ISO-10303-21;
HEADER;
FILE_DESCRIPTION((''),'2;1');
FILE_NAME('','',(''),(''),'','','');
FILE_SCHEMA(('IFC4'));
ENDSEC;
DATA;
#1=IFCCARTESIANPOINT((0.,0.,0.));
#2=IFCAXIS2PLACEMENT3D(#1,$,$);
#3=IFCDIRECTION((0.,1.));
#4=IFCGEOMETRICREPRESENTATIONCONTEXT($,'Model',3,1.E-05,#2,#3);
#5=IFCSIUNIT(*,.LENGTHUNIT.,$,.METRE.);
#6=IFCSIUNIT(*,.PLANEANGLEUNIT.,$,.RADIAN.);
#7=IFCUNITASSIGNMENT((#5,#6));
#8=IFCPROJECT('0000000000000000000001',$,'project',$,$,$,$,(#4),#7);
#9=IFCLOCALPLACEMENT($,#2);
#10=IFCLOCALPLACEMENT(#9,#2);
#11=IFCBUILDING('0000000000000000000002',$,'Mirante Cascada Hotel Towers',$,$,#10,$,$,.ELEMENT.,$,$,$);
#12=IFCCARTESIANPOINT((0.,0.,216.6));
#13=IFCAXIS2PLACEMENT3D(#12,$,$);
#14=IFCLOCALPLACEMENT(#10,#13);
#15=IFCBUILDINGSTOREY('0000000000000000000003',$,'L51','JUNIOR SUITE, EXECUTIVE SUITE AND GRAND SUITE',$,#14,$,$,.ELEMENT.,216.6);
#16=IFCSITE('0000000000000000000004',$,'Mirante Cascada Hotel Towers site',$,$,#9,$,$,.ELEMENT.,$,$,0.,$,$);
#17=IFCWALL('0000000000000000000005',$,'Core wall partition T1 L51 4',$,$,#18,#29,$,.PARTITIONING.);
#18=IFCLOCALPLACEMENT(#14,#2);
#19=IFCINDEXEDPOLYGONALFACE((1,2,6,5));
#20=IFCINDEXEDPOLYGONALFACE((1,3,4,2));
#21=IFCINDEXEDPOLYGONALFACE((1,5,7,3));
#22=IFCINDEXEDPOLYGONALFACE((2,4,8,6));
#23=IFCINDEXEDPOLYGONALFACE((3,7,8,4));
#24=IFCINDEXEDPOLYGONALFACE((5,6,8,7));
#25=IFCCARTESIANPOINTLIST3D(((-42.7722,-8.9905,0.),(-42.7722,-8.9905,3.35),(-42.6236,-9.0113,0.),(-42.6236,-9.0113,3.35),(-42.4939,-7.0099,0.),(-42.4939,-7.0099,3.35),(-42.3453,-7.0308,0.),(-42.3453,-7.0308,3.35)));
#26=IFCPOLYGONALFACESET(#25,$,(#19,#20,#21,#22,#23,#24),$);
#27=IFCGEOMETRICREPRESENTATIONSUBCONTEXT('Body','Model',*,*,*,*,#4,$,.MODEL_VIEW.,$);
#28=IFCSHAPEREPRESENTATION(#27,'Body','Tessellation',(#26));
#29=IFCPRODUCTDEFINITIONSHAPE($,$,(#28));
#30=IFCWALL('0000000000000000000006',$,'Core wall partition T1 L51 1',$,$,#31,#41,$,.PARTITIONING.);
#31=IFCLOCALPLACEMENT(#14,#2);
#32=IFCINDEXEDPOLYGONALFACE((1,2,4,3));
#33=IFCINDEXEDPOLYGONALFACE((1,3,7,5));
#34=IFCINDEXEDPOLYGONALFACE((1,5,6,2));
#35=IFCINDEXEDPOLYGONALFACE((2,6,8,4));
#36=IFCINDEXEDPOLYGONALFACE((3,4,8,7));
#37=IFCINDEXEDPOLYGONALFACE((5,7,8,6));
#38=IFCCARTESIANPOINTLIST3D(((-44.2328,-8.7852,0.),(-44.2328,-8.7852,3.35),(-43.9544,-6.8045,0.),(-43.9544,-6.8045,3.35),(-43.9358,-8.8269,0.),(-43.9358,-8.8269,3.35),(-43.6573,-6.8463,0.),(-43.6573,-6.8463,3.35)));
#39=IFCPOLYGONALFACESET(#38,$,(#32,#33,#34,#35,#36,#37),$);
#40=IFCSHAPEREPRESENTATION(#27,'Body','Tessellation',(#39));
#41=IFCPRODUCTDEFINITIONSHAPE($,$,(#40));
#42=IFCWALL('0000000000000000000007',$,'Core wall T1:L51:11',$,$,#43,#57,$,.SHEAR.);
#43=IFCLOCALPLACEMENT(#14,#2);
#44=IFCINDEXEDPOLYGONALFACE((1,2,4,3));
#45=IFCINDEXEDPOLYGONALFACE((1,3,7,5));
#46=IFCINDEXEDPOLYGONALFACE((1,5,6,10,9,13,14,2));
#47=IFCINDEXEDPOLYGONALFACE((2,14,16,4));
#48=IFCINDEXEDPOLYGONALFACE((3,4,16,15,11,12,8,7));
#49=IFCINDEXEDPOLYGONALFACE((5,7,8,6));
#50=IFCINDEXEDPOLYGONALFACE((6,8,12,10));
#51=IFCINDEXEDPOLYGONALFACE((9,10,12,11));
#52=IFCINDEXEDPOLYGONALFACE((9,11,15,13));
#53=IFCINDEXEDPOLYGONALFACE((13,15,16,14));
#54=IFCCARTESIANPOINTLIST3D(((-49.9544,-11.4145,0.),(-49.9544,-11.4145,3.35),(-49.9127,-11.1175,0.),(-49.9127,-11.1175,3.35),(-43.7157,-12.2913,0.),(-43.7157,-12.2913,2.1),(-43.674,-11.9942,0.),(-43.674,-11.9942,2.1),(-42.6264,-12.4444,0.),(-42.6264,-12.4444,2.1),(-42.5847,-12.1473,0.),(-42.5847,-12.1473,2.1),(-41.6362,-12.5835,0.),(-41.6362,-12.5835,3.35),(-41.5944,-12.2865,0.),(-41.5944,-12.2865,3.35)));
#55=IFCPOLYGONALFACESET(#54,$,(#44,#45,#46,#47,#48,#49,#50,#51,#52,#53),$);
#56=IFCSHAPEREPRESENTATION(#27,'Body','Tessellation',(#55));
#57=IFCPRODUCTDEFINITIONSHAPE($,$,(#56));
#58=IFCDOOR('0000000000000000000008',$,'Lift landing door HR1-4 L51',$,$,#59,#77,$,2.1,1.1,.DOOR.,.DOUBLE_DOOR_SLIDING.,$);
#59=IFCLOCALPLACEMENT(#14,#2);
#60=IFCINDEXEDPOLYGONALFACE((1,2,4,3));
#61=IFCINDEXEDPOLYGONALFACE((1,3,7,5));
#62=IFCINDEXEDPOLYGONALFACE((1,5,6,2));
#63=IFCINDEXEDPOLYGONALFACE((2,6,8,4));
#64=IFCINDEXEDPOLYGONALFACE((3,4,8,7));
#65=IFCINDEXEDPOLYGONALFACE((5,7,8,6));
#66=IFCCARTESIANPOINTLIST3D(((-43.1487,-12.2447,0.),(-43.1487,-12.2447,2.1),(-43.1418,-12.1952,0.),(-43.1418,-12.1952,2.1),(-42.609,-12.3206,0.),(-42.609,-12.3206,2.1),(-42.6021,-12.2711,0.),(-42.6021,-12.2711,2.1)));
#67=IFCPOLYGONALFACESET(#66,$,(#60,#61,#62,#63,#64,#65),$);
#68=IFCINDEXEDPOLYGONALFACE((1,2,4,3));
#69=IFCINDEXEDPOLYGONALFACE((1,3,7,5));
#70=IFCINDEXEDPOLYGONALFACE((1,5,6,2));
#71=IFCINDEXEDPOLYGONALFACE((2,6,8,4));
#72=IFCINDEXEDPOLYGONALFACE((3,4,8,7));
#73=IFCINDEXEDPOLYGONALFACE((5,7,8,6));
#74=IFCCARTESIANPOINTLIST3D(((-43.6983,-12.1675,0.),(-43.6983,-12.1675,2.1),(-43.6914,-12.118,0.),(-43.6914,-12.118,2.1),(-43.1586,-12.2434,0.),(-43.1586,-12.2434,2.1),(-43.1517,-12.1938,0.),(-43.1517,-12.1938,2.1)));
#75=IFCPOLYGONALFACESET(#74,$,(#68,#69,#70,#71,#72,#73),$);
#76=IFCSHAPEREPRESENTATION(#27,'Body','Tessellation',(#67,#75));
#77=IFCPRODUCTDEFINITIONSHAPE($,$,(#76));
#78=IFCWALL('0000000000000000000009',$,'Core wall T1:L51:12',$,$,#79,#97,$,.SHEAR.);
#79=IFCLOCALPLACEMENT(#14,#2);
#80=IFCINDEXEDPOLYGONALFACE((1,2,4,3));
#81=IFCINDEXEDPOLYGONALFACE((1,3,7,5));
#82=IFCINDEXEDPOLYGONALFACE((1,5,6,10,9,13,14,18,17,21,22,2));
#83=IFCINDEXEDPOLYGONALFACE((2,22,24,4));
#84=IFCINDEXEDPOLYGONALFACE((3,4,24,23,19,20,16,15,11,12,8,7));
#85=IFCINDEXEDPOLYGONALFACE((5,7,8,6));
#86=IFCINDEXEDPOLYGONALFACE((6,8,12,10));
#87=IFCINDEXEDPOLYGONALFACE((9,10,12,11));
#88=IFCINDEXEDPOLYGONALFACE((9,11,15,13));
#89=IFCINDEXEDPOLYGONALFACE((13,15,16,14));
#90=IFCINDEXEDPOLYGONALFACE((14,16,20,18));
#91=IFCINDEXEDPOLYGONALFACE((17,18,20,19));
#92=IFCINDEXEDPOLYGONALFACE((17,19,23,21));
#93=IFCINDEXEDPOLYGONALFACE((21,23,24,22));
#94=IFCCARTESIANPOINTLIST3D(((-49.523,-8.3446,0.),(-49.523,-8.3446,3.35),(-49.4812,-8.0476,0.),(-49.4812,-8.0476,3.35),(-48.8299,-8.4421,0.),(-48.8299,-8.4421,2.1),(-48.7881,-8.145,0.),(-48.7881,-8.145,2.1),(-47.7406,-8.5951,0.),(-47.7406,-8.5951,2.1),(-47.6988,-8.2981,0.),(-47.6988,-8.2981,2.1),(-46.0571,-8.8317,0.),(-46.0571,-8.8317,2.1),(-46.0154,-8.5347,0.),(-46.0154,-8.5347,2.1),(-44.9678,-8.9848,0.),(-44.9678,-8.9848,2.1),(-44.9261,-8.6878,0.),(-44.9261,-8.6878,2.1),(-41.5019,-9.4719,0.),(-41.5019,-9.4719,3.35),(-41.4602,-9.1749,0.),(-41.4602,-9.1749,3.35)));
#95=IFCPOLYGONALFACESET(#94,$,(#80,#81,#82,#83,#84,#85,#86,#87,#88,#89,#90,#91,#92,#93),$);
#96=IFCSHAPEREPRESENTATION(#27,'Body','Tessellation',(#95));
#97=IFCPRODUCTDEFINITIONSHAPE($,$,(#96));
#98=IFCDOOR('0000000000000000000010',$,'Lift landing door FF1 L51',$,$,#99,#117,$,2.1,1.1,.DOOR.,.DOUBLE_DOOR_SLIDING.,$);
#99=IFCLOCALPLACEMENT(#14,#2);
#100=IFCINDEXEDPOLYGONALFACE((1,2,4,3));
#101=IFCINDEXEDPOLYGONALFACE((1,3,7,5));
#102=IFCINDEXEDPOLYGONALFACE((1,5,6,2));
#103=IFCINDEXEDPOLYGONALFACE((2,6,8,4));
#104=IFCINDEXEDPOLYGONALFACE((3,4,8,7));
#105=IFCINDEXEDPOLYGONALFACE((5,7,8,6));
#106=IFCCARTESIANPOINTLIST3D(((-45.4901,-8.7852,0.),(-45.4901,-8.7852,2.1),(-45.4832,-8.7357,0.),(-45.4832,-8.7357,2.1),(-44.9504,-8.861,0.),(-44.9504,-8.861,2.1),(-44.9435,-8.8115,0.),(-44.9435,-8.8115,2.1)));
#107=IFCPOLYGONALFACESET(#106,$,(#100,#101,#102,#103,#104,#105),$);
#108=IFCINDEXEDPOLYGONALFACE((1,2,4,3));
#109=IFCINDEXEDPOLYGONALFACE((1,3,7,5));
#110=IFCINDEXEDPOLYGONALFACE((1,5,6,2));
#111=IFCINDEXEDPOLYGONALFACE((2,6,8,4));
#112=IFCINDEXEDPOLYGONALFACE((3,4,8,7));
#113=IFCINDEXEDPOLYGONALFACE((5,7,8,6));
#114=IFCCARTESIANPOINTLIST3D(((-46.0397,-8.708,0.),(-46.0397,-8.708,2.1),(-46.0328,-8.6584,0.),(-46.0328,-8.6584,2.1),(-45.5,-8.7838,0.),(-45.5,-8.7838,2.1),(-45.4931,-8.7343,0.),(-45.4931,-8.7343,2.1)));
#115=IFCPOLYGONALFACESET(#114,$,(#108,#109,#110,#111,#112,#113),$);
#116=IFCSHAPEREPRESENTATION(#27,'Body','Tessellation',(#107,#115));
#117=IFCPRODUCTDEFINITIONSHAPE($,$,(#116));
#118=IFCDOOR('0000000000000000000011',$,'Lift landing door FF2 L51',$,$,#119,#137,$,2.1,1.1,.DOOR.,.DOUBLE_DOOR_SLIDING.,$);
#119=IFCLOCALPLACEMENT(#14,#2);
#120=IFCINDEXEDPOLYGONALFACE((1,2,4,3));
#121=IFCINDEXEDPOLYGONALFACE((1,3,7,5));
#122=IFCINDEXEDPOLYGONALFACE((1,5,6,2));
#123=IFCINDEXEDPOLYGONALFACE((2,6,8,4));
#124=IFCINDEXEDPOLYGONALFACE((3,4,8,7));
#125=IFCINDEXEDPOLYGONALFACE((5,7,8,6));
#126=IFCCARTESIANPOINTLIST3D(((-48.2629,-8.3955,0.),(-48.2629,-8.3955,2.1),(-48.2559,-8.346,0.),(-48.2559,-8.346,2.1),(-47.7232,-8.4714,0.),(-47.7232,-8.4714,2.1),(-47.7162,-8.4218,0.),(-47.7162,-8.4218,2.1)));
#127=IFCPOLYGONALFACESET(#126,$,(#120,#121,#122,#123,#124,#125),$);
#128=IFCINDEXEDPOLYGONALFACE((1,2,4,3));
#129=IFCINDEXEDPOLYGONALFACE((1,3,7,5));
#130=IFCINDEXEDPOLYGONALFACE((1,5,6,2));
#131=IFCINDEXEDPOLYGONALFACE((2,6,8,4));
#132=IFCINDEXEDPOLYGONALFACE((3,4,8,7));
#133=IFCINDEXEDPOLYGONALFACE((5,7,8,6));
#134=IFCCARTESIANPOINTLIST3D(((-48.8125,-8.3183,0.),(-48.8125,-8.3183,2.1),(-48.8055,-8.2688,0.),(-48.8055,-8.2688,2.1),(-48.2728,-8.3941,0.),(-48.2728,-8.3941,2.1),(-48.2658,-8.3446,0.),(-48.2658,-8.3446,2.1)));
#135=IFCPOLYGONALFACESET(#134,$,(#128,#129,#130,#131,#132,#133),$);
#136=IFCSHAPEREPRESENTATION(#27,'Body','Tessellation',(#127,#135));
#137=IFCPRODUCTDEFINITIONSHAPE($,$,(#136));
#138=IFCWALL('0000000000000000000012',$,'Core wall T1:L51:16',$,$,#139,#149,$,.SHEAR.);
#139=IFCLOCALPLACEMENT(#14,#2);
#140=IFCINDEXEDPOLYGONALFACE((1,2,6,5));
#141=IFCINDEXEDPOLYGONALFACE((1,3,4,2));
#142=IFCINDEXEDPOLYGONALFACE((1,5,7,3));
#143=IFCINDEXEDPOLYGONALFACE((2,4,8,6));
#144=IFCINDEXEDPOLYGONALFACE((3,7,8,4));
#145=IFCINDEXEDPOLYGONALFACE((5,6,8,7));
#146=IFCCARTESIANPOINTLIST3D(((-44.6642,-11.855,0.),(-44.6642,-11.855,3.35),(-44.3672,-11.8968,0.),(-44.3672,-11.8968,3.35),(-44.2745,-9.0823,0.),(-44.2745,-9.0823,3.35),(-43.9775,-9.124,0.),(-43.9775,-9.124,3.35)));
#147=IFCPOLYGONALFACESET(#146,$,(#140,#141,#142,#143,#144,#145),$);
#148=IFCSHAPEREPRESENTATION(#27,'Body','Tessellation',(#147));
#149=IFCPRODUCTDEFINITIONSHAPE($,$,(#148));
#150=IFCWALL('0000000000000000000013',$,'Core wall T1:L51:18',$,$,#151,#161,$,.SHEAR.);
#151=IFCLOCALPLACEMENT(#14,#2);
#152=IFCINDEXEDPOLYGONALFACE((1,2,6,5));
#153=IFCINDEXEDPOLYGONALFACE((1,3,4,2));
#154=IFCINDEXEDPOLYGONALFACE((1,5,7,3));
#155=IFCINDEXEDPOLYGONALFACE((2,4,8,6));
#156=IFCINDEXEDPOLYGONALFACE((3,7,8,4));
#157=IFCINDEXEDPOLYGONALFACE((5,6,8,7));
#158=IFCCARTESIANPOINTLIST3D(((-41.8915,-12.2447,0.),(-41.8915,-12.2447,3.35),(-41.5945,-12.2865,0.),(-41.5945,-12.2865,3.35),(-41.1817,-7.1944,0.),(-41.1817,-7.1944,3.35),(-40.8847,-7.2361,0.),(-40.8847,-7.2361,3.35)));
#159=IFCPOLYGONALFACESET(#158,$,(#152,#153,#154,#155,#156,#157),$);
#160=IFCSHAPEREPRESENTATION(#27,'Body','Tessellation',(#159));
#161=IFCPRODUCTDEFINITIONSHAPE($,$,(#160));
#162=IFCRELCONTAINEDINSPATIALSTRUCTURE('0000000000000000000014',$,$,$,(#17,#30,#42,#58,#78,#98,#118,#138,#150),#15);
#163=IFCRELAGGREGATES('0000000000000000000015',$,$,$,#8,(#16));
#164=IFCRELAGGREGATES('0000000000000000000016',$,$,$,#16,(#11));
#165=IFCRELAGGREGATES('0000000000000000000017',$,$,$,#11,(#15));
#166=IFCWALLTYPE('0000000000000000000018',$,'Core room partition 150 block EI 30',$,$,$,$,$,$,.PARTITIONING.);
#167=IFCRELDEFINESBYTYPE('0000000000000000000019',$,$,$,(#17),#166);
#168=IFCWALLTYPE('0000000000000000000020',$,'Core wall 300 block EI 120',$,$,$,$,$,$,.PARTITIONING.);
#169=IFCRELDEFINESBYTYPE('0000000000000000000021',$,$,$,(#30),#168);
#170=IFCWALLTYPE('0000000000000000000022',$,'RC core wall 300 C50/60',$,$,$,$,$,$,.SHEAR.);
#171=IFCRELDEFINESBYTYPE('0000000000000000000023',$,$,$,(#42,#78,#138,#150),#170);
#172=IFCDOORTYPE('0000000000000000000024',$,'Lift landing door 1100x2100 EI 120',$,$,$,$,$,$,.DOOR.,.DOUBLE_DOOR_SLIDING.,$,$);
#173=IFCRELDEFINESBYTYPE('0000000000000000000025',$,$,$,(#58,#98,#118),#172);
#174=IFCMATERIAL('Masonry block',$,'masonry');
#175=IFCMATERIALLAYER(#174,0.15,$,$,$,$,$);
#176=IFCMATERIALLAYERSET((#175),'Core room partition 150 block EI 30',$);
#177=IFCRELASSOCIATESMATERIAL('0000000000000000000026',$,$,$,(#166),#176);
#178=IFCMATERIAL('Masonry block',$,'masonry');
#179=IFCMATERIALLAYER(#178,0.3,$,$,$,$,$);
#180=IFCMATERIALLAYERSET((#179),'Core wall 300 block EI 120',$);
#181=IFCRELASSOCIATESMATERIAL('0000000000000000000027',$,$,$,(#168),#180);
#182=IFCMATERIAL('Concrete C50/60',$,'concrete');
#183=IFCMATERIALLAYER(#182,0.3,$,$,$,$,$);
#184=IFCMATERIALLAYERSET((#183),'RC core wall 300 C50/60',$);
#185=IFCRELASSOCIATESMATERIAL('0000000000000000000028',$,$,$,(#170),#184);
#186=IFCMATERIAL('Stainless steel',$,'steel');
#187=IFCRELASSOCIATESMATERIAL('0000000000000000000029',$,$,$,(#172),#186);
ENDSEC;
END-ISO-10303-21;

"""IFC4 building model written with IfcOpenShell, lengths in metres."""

from ifc_helpers import new_model, si_unit, direction, frame, frame_2d, origin, place, context, subcontext, project, spatial, rectangle, extrude, material, layer, layer_set, type_object, element, fill, save


model = new_model("IFC4")

# Units and contexts
model_context = context("Model", 3, precision=1e-05, world=origin(), true_north=direction((0.0, 1.0)))
body_context = subcontext(model_context, "Body", "Model", "MODEL_VIEW")
ifc_project = project(units=[si_unit("LENGTHUNIT", "METRE"), si_unit("PLANEANGLEUNIT", "RADIAN")], contexts=[model_context])

# Site, building, storey
site_placement = place(None, origin())
site = spatial("IfcSite", under=ifc_project, at=site_placement, Name="Mirante Cascada Hotel Towers site", CompositionType="ELEMENT", RefElevation=0.0)
building_placement = place(site_placement, origin())
building = spatial("IfcBuilding", under=site, at=building_placement, Name="Mirante Cascada Hotel Towers", CompositionType="ELEMENT")
storey_placement = place(building_placement, frame((0.0, 0.0, 216.6)))
storey = spatial("IfcBuildingStorey", under=building, at=storey_placement, Name="L51", Description="JUNIOR SUITE, EXECUTIVE SUITE AND GRAND SUITE", CompositionType="ELEMENT", Elevation=216.6)

# Walls
ifc_material_1 = material(Name="Masonry block", Category="masonry")
ifc_layer_1 = layer(ifc_material_1, 0.15)
ifc_layer_set_1 = layer_set([ifc_layer_1], Name="Core room partition 150 block EI 30")
wall_type_1 = type_object("IfcWallType", Name="Core room partition 150 block EI 30", PredefinedType="PARTITIONING", material=ifc_layer_set_1)
wall_1_placement = place(storey_placement, frame((-42.6979, -9.0009, 0.0), z_axis=(0.0, 0.0, 1.0), x_axis=(0.139153, 0.990271, 0.0)))
element("IfcWall", 1, at=wall_1_placement, inside=storey, type_object=wall_type_1, Name="Core wall partition T1 L51 4", PredefinedType="PARTITIONING", context=body_context, shape_type="SweptSolid", body=[
    extrude(rectangle(XDim=2.0, YDim=0.15, at=frame_2d((1.0, 0.0))), origin(), (0.0, 0.0, 1.0), 3.35),
])
ifc_material_2 = material(Name="Masonry block", Category="masonry")
ifc_layer_2 = layer(ifc_material_2, 0.3)
ifc_layer_set_2 = layer_set([ifc_layer_2], Name="Core wall 300 block EI 120")
wall_type_2 = type_object("IfcWallType", Name="Core wall 300 block EI 120", PredefinedType="PARTITIONING", material=ifc_layer_set_2)
wall_2_placement = place(storey_placement, frame((-44.0843, -8.8061, 0.0), z_axis=(0.0, 0.0, 1.0), x_axis=(0.139195, 0.990265, 0.0)))
element("IfcWall", 2, at=wall_2_placement, inside=storey, type_object=wall_type_2, Name="Core wall partition T1 L51 1", PredefinedType="PARTITIONING", context=body_context, shape_type="SweptSolid", body=[
    extrude(rectangle(XDim=2.0001, YDim=0.3, at=frame_2d((1.0001, 0.0))), origin(), (0.0, 0.0, 1.0), 3.35),
])

# Wall, opening, door
ifc_material_3 = material(Name="Concrete C50/60", Category="concrete")
ifc_layer_3 = layer(ifc_material_3, 0.3)
ifc_layer_set_3 = layer_set([ifc_layer_3], Name="RC core wall 300 C50/60")
wall_type_3 = type_object("IfcWallType", Name="RC core wall 300 C50/60", PredefinedType="SHEAR", material=ifc_layer_set_3)
wall_3_placement = place(storey_placement, frame((-41.6153, -12.435, 0.0), z_axis=(0.0, 0.0, 1.0), x_axis=(-0.990269, 0.139166, 0.0)))
wall_3 = element("IfcWall", 3, at=wall_3_placement, inside=storey, type_object=wall_type_3, Name="Core wall T1:L51:11", PredefinedType="SHEAR", context=body_context, shape_type="SweptSolid", body=[
    extrude(rectangle(XDim=8.4, YDim=0.3, at=frame_2d((4.2, 0.0))), origin(), (0.0, 0.0, 1.0), 3.35),
])
opening_1_placement = place(wall_3_placement, frame((1.0, 0.0, 0.0)))
opening_1 = element("IfcOpeningElement", 4, at=opening_1_placement, cuts=wall_3, PredefinedType="OPENING", context=body_context, shape_type="SweptSolid", body=[
    extrude(rectangle(XDim=1.1, YDim=2.1, at=frame_2d((0.55, 1.05))), frame((0.0, 0.15, 0.0), z_axis=(0.0, -1.0, 0.0), x_axis=(1.0, 0.0, 0.0)), (0.0, 0.0, 1.0), 0.3),
])
ifc_material_4 = material(Name="Stainless steel", Category="steel")
door_type = type_object("IfcDoorType", Name="Lift landing door 1100x2100 EI 120", OperationType="DOUBLE_DOOR_SLIDING", PredefinedType="DOOR", material=ifc_material_4)
door_1_placement = place(opening_1_placement, origin())
door_1 = element("IfcDoor", 5, at=door_1_placement, inside=storey, type_object=door_type, Name="Lift landing door HR1-4 L51", OperationType="DOUBLE_DOOR_SLIDING", OverallHeight=2.1, OverallWidth=1.1, PredefinedType="DOOR", context=body_context, shape_type="SweptSolid", body=[
    extrude(rectangle(XDim=0.545, YDim=2.1, at=frame_2d((0.2725, 1.05))), frame((0.0, 0.025, 0.0), z_axis=(0.0, -1.0, 0.0), x_axis=(1.0, 0.0, 0.0)), (0.0, 0.0, 1.0), 0.05),
    extrude(rectangle(XDim=0.545, YDim=2.1, at=frame_2d((0.8275, 1.05))), frame((0.0, 0.025, 0.0), z_axis=(0.0, -1.0, 0.0), x_axis=(1.0, 0.0, 0.0)), (0.0, 0.0, 1.0), 0.05),
])
fill(opening_1, door_1)

# Wall, openings, doors
wall_4_placement = place(storey_placement, frame((-41.481, -9.3234, 0.0), z_axis=(0.0, 0.0, 1.0), x_axis=(-0.990268, 0.139174, 0.0)))
wall_4 = element("IfcWall", 6, at=wall_4_placement, inside=storey, type_object=wall_type_3, Name="Core wall T1:L51:12", PredefinedType="SHEAR", context=body_context, shape_type="SweptSolid", body=[
    extrude(rectangle(XDim=8.0999, YDim=0.3, at=frame_2d((4.05, 0.0))), origin(), (0.0, 0.0, 1.0), 3.35),
])
opening_2_placement = place(wall_4_placement, frame((3.5, 0.0, 0.0)))
opening_2 = element("IfcOpeningElement", 7, at=opening_2_placement, cuts=wall_4, PredefinedType="OPENING", context=body_context, shape_type="SweptSolid", body=[
    extrude(rectangle(XDim=1.1, YDim=2.1, at=frame_2d((0.55, 1.05))), frame((0.0, 0.15, 0.0), z_axis=(0.0, -1.0, 0.0), x_axis=(1.0, 0.0, 0.0)), (0.0, 0.0, 1.0), 0.3),
])
opening_3_placement = place(wall_4_placement, frame((6.3, 0.0, 0.0)))
opening_3 = element("IfcOpeningElement", 8, at=opening_3_placement, cuts=wall_4, PredefinedType="OPENING", context=body_context, shape_type="SweptSolid", body=[
    extrude(rectangle(XDim=1.1, YDim=2.1, at=frame_2d((0.55, 1.05))), frame((0.0, 0.15, 0.0), z_axis=(0.0, -1.0, 0.0), x_axis=(1.0, 0.0, 0.0)), (0.0, 0.0, 1.0), 0.3),
])
door_2_placement = place(opening_2_placement, origin())
door_2 = element("IfcDoor", 9, at=door_2_placement, inside=storey, type_object=door_type, Name="Lift landing door FF1 L51", OperationType="DOUBLE_DOOR_SLIDING", OverallHeight=2.1, OverallWidth=1.1, PredefinedType="DOOR", context=body_context, shape_type="SweptSolid", body=[
    extrude(rectangle(XDim=0.545, YDim=2.1, at=frame_2d((0.2725, 1.05))), frame((0.0, 0.025, 0.0), z_axis=(0.0, -1.0, 0.0), x_axis=(1.0, 0.0, 0.0)), (0.0, 0.0, 1.0), 0.05),
    extrude(rectangle(XDim=0.545, YDim=2.1, at=frame_2d((0.8275, 1.05))), frame((0.0, 0.025, 0.0), z_axis=(0.0, -1.0, 0.0), x_axis=(1.0, 0.0, 0.0)), (0.0, 0.0, 1.0), 0.05),
])
fill(opening_2, door_2)
door_3_placement = place(opening_3_placement, origin())
door_3 = element("IfcDoor", 10, at=door_3_placement, inside=storey, type_object=door_type, Name="Lift landing door FF2 L51", OperationType="DOUBLE_DOOR_SLIDING", OverallHeight=2.1, OverallWidth=1.1, PredefinedType="DOOR", context=body_context, shape_type="SweptSolid", body=[
    extrude(rectangle(XDim=0.545, YDim=2.1, at=frame_2d((0.2725, 1.05))), frame((0.0, 0.025, 0.0), z_axis=(0.0, -1.0, 0.0), x_axis=(1.0, 0.0, 0.0)), (0.0, 0.0, 1.0), 0.05),
    extrude(rectangle(XDim=0.545, YDim=2.1, at=frame_2d((0.8275, 1.05))), frame((0.0, 0.025, 0.0), z_axis=(0.0, -1.0, 0.0), x_axis=(1.0, 0.0, 0.0)), (0.0, 0.0, 1.0), 0.05),
])
fill(opening_3, door_3)

# Walls
wall_5_placement = place(storey_placement, frame((-44.5157, -11.8759, 0.0), z_axis=(0.0, 0.0, 1.0), x_axis=(0.139181, 0.990267, 0.0)))
element("IfcWall", 11, at=wall_5_placement, inside=storey, type_object=wall_type_3, Name="Core wall T1:L51:16", PredefinedType="SHEAR", context=body_context, shape_type="SweptSolid", body=[
    extrude(rectangle(XDim=2.8, YDim=0.3, at=frame_2d((1.4, 0.0))), origin(), (0.0, 0.0, 1.0), 3.35),
])
wall_6_placement = place(storey_placement, frame((-41.743, -12.2656, 0.0), z_axis=(0.0, 0.0, 1.0), x_axis=(0.139176, 0.990268, 0.0)))
element("IfcWall", 12, at=wall_6_placement, inside=storey, type_object=wall_type_3, Name="Core wall T1:L51:18", PredefinedType="SHEAR", context=body_context, shape_type="SweptSolid", body=[
    extrude(rectangle(XDim=5.1, YDim=0.3, at=frame_2d((2.55, 0.0))), origin(), (0.0, 0.0, 1.0), 3.35),
])

save(model, "model.ifc")
